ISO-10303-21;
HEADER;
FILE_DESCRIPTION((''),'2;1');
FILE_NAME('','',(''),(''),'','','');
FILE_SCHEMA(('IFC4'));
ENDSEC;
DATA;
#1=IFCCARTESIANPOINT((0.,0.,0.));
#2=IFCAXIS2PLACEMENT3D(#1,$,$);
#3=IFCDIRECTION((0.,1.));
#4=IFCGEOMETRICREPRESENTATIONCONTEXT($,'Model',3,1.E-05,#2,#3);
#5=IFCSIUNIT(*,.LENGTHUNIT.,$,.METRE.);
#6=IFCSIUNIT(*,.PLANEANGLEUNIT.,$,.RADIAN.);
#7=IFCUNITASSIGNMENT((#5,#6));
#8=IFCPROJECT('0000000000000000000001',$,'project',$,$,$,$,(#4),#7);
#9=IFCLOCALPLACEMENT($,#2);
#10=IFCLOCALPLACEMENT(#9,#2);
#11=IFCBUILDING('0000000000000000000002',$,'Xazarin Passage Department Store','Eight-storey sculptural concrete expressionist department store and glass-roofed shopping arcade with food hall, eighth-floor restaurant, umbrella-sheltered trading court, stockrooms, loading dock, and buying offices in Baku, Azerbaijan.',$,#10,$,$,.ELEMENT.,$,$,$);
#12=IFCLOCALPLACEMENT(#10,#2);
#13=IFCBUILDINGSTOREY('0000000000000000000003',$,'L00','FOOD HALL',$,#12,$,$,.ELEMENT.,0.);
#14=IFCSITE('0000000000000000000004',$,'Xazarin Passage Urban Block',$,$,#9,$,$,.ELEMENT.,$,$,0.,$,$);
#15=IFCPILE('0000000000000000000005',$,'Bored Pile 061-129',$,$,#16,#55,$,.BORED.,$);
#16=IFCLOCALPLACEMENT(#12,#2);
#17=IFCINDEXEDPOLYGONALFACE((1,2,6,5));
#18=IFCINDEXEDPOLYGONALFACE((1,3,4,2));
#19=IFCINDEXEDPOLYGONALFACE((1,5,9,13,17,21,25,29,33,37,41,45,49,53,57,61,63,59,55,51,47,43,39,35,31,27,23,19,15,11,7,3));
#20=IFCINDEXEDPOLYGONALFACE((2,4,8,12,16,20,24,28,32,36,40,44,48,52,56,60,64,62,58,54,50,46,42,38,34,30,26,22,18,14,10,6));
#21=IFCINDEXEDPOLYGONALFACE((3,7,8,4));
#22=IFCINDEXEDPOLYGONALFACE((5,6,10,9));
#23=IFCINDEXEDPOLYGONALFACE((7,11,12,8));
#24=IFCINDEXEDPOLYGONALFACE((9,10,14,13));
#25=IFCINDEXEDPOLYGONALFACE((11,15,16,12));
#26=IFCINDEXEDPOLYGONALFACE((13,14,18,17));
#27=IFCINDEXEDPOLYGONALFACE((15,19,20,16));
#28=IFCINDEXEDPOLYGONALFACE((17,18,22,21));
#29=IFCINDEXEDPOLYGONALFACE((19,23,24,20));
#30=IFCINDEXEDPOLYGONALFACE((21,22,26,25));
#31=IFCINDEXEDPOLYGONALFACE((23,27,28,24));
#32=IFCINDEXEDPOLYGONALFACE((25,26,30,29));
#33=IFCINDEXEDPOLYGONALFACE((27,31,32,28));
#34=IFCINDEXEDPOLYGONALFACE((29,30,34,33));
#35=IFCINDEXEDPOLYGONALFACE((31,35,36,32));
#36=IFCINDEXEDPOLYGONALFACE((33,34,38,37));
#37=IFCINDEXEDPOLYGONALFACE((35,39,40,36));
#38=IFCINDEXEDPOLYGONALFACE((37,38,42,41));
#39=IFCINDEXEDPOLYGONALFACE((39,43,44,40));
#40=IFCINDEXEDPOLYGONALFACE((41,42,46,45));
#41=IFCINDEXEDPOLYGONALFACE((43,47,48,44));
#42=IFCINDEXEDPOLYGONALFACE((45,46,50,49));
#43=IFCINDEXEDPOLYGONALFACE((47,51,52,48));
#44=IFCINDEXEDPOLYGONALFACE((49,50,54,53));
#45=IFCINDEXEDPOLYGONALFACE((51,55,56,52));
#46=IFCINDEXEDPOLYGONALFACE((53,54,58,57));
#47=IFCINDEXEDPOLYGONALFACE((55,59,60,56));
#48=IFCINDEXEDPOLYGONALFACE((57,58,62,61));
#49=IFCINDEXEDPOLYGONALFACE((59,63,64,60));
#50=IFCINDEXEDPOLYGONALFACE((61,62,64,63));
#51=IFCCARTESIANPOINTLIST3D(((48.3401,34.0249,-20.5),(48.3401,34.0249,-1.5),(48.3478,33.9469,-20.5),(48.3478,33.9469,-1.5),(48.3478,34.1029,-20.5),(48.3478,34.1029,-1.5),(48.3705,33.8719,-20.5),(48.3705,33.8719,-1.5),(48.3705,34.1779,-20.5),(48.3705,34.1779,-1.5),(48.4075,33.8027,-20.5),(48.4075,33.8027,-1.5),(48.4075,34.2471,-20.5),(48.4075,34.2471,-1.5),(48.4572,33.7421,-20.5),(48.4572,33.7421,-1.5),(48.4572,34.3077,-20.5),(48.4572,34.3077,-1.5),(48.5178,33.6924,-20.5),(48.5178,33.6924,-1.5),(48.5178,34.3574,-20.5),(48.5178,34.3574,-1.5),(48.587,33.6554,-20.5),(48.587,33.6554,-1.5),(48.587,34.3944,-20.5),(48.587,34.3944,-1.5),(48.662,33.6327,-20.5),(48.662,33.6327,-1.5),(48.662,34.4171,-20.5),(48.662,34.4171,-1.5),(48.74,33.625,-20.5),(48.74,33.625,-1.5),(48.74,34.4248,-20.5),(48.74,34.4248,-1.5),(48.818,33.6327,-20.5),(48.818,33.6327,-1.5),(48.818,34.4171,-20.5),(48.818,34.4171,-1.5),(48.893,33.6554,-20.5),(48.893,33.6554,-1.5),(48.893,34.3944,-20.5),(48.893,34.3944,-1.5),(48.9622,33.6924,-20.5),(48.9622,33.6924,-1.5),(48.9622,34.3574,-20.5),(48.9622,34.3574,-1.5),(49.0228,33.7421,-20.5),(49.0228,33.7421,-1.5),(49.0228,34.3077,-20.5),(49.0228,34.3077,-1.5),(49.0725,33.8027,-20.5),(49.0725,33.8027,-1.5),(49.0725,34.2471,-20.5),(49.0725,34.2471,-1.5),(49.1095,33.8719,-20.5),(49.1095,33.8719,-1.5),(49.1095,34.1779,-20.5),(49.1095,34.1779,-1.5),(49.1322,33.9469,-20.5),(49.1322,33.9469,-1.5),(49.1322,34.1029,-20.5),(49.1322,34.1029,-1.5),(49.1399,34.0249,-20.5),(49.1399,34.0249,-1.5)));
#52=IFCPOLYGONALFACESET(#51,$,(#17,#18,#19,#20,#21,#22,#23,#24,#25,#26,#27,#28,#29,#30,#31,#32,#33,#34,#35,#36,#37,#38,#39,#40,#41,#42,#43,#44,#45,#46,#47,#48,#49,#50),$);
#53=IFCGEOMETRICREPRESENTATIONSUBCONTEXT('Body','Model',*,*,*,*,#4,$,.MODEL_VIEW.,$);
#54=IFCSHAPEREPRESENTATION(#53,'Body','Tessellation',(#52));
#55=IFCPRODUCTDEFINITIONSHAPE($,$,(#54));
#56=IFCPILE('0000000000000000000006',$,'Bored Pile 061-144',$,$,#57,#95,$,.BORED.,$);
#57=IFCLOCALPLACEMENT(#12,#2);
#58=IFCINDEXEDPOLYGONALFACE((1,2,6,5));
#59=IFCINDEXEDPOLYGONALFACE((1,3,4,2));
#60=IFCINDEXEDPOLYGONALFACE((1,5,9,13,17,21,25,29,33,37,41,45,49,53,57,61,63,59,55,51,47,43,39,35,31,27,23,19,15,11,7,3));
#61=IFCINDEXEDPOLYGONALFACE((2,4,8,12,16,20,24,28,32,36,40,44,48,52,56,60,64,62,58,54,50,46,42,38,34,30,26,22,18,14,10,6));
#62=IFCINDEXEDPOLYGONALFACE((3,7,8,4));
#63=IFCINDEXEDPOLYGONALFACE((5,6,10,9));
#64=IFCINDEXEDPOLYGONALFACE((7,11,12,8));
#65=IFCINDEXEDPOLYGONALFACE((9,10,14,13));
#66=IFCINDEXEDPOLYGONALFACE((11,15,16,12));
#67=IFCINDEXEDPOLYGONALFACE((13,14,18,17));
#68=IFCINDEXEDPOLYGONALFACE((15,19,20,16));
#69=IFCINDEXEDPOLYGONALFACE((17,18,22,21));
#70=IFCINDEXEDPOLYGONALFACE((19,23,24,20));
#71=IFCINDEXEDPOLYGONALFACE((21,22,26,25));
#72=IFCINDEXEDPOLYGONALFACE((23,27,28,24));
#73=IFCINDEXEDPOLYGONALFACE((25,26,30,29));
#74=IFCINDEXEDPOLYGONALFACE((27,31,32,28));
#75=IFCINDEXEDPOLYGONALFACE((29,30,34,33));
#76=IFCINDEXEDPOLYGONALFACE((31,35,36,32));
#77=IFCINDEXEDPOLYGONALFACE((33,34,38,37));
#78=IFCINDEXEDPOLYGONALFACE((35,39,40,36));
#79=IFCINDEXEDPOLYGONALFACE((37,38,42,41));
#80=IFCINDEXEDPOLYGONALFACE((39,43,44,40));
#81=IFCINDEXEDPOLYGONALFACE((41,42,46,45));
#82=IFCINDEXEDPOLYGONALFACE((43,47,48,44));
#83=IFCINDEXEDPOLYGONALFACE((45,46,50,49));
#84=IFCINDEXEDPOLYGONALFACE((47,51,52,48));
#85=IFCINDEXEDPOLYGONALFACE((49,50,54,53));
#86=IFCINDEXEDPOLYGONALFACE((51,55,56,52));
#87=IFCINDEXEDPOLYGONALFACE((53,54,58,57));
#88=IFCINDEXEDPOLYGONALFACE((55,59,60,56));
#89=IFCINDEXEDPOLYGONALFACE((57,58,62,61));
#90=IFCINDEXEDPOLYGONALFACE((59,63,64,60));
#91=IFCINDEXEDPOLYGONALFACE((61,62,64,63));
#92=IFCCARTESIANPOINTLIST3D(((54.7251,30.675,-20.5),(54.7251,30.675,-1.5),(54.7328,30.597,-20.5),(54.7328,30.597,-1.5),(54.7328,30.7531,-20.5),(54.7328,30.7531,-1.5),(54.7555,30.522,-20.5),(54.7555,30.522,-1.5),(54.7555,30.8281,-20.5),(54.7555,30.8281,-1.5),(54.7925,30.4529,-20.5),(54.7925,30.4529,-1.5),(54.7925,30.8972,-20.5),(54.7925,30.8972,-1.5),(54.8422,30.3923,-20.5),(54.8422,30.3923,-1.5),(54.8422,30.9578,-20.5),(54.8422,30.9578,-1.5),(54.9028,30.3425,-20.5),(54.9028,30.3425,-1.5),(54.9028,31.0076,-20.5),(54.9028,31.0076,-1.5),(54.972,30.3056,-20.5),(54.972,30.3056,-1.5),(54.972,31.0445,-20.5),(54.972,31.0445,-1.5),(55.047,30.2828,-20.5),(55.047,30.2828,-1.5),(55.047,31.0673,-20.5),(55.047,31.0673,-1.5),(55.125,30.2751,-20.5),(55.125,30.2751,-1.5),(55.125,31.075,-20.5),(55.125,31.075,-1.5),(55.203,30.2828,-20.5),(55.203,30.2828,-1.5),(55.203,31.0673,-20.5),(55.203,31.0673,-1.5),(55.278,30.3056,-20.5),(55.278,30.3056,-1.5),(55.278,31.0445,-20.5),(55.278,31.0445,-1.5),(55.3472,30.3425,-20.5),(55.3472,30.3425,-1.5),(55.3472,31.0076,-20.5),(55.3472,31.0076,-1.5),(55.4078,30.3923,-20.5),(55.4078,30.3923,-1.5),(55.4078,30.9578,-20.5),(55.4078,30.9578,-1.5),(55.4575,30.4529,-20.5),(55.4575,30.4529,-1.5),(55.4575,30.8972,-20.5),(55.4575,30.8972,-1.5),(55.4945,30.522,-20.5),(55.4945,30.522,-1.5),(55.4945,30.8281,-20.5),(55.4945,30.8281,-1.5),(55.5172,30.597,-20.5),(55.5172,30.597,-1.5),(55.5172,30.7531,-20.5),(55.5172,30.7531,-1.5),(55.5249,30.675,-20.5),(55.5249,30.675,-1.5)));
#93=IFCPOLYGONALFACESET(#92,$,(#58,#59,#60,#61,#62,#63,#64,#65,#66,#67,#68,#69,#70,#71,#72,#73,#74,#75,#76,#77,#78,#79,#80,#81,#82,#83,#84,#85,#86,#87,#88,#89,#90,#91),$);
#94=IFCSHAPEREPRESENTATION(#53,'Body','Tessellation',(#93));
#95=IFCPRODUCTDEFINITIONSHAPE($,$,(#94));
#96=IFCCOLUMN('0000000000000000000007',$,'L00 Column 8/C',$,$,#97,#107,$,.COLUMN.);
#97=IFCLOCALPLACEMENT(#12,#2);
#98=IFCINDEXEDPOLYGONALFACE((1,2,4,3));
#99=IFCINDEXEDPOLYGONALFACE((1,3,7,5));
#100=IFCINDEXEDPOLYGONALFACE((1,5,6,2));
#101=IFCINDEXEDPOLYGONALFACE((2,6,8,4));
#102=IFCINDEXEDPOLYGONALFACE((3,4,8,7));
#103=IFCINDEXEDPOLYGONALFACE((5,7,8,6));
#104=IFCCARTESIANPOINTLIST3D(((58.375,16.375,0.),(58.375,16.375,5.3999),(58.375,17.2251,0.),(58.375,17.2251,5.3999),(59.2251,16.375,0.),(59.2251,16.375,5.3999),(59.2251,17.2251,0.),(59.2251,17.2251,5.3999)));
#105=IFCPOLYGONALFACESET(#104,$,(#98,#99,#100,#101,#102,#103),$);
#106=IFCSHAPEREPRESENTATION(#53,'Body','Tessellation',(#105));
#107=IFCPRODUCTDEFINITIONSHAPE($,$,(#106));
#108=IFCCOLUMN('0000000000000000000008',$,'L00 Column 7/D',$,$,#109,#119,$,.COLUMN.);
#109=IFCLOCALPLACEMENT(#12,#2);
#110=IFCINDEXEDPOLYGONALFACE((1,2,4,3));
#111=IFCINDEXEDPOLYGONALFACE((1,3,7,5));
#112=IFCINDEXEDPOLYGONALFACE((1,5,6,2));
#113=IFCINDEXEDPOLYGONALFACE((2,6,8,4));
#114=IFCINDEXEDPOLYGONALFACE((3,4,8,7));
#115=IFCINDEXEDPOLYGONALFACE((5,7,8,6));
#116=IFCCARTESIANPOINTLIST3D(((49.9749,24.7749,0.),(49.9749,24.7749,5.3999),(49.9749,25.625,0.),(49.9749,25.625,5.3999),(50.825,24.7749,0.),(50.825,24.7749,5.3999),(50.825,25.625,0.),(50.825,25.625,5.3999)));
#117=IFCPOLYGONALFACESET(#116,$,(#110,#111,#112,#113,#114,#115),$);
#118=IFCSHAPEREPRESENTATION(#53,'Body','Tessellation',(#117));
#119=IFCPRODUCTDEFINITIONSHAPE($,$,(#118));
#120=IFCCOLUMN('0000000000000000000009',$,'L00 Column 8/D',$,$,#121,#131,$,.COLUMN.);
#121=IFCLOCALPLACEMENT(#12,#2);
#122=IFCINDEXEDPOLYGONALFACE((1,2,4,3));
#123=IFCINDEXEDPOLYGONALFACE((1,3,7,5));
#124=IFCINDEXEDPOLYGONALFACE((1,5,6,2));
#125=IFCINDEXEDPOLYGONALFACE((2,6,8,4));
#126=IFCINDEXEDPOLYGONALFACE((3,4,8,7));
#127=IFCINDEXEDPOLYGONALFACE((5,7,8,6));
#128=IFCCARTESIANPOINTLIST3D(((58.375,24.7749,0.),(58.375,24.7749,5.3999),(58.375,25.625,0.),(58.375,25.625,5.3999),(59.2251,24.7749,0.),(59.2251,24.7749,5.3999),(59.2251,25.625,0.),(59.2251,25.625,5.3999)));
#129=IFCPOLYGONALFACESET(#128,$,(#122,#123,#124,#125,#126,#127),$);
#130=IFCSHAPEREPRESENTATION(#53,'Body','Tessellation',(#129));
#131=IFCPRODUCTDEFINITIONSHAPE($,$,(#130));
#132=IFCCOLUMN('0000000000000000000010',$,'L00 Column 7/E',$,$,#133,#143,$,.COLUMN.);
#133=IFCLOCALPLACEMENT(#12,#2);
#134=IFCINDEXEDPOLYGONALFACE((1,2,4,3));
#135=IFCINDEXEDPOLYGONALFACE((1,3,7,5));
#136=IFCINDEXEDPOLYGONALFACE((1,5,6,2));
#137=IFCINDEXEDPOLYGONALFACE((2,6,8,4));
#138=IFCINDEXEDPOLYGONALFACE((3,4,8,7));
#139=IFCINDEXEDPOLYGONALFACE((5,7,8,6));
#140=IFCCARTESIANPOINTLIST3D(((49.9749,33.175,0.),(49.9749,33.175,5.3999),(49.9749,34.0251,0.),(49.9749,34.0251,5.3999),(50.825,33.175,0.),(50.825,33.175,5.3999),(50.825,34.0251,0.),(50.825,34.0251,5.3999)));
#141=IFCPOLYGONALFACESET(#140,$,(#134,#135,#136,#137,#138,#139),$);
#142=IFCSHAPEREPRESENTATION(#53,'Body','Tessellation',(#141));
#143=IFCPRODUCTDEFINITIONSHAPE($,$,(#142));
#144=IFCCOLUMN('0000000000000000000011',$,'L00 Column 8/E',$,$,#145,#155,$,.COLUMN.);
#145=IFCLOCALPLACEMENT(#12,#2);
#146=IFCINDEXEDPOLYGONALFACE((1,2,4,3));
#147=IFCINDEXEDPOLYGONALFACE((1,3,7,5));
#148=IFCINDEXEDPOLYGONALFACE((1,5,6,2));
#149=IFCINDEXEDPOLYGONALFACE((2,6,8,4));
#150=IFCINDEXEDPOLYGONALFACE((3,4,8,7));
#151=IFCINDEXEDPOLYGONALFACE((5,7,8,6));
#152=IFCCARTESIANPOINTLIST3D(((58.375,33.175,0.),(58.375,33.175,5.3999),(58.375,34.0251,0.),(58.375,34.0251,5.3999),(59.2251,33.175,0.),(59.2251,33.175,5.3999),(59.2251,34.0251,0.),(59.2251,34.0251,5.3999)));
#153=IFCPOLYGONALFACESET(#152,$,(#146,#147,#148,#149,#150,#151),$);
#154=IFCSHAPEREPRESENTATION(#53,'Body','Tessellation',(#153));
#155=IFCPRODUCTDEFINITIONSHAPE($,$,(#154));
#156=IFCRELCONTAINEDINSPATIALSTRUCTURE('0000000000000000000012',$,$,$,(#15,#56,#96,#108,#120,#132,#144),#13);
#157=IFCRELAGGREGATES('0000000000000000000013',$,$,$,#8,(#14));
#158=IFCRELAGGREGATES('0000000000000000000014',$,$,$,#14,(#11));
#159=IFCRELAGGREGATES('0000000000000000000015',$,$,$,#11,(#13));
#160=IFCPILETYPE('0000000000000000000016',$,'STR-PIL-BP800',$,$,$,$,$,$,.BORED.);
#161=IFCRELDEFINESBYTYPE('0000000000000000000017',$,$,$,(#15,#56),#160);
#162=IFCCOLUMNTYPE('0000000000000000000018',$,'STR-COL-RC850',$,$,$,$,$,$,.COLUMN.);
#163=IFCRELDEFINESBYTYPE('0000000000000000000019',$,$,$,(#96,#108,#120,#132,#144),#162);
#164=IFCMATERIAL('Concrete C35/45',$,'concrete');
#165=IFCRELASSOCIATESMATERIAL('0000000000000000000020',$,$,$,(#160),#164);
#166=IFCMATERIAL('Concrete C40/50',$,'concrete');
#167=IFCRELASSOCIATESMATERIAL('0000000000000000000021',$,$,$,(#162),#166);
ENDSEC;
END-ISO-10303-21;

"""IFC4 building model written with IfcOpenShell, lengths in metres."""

from ifc_helpers import new_model, si_unit, direction, frame, origin, origin_2d, place, context, subcontext, project, spatial, rectangle, circle, extrude, material, material_profile, profile_set, type_object, element, save


model = new_model("IFC4")

# Units and contexts
model_context = context("Model", 3, precision=1e-05, world=origin(), true_north=direction((0.0, 1.0)))
body_context = subcontext(model_context, "Body", "Model", "MODEL_VIEW")
ifc_project = project(units=[si_unit("LENGTHUNIT", "METRE"), si_unit("PLANEANGLEUNIT", "RADIAN")], contexts=[model_context])

# Site, building, storey
site_placement = place(None, origin())
site = spatial("IfcSite", under=ifc_project, at=site_placement, Name="Xazarin Passage Urban Block", CompositionType="ELEMENT", RefElevation=0.0)
building_placement = place(site_placement, origin())
building = spatial("IfcBuilding", under=site, at=building_placement, Name="Xazarin Passage Department Store", Description="Eight-storey sculptural concrete expressionist department store and glass-roofed shopping arcade with food hall, eighth-floor restaurant, umbrella-sheltered trading court, stockrooms, loading dock, and buying offices in Baku, Azerbaijan.", CompositionType="ELEMENT")
storey_placement = place(building_placement, origin())
storey = spatial("IfcBuildingStorey", under=building, at=storey_placement, Name="L00", Description="FOOD HALL", CompositionType="ELEMENT", Elevation=0.0)

# Shared definitions
ifc_material_1 = material(Name="Concrete C35/45", Category="concrete")

# Piles
ifc_material_profile_1 = material_profile(ifc_material_1, circle(Radius=0.3999, at=origin_2d()), Name="BP 800")
ifc_profile_set_1 = profile_set([ifc_material_profile_1], Name="Concrete C35/45")
pile_type_1 = type_object("IfcPileType", Name="STR-PIL-BP800", PredefinedType="BORED", material=ifc_profile_set_1)
for number, where, z_axis, x_axis, name in (
    (1, (48.74, 34.0249, -1.5), (0.0, 0.0, -1.0), (1.0, 0.0, 0.0), "Bored Pile 061-129"),
    (2, (55.125, 30.675, -1.5), (0.0, 0.0, -1.0), (1.0, 0.0, 0.0), "Bored Pile 061-144"),
):
    element("IfcPile", number, at=place(storey_placement, frame(where, z_axis=z_axis, x_axis=x_axis)), inside=storey, type_object=pile_type_1, Name=name, PredefinedType="BORED", context=body_context, shape_type="SweptSolid", body=[
        extrude(circle(Radius=0.3999, at=origin_2d()), origin(), (0.0, 0.0, 1.0), 19.0),
    ])

# Columns
ifc_material_2 = material(Name="Concrete C40/50", Category="concrete")
ifc_material_profile_2 = material_profile(ifc_material_2, rectangle(XDim=0.8501, YDim=0.8501, at=origin_2d()), Name="RC 850x850")
ifc_profile_set_2 = profile_set([ifc_material_profile_2], Name="Concrete C40/50")
column_type = type_object("IfcColumnType", Name="STR-COL-RC850", PredefinedType="COLUMN", material=ifc_profile_set_2)
for number, where, z_axis, x_axis, name in (
    (3, (58.8, 16.8, 0.0), (0.0, 0.0, 1.0), (1.0, 0.0, 0.0), "L00 Column 8/C"),
    (4, (50.3999, 25.2, 0.0), (0.0, 0.0, 1.0), (1.0, 0.0, 0.0), "L00 Column 7/D"),
    (5, (58.8, 25.2, 0.0), (0.0, 0.0, 1.0), (1.0, 0.0, 0.0), "L00 Column 8/D"),
    (6, (50.3999, 33.6001, 0.0), (0.0, 0.0, 1.0), (1.0, 0.0, 0.0), "L00 Column 7/E"),
    (7, (58.8, 33.6001, 0.0), (0.0, 0.0, 1.0), (1.0, 0.0, 0.0), "L00 Column 8/E"),
):
    element("IfcColumn", number, at=place(storey_placement, frame(where, z_axis=z_axis, x_axis=x_axis)), inside=storey, type_object=column_type, Name=name, PredefinedType="COLUMN", context=body_context, shape_type="SweptSolid", body=[
        extrude(rectangle(XDim=0.8501, YDim=0.8501, at=origin_2d()), origin(), (0.0, 0.0, 1.0), 5.3999),
    ])

save(model, "model.ifc")
